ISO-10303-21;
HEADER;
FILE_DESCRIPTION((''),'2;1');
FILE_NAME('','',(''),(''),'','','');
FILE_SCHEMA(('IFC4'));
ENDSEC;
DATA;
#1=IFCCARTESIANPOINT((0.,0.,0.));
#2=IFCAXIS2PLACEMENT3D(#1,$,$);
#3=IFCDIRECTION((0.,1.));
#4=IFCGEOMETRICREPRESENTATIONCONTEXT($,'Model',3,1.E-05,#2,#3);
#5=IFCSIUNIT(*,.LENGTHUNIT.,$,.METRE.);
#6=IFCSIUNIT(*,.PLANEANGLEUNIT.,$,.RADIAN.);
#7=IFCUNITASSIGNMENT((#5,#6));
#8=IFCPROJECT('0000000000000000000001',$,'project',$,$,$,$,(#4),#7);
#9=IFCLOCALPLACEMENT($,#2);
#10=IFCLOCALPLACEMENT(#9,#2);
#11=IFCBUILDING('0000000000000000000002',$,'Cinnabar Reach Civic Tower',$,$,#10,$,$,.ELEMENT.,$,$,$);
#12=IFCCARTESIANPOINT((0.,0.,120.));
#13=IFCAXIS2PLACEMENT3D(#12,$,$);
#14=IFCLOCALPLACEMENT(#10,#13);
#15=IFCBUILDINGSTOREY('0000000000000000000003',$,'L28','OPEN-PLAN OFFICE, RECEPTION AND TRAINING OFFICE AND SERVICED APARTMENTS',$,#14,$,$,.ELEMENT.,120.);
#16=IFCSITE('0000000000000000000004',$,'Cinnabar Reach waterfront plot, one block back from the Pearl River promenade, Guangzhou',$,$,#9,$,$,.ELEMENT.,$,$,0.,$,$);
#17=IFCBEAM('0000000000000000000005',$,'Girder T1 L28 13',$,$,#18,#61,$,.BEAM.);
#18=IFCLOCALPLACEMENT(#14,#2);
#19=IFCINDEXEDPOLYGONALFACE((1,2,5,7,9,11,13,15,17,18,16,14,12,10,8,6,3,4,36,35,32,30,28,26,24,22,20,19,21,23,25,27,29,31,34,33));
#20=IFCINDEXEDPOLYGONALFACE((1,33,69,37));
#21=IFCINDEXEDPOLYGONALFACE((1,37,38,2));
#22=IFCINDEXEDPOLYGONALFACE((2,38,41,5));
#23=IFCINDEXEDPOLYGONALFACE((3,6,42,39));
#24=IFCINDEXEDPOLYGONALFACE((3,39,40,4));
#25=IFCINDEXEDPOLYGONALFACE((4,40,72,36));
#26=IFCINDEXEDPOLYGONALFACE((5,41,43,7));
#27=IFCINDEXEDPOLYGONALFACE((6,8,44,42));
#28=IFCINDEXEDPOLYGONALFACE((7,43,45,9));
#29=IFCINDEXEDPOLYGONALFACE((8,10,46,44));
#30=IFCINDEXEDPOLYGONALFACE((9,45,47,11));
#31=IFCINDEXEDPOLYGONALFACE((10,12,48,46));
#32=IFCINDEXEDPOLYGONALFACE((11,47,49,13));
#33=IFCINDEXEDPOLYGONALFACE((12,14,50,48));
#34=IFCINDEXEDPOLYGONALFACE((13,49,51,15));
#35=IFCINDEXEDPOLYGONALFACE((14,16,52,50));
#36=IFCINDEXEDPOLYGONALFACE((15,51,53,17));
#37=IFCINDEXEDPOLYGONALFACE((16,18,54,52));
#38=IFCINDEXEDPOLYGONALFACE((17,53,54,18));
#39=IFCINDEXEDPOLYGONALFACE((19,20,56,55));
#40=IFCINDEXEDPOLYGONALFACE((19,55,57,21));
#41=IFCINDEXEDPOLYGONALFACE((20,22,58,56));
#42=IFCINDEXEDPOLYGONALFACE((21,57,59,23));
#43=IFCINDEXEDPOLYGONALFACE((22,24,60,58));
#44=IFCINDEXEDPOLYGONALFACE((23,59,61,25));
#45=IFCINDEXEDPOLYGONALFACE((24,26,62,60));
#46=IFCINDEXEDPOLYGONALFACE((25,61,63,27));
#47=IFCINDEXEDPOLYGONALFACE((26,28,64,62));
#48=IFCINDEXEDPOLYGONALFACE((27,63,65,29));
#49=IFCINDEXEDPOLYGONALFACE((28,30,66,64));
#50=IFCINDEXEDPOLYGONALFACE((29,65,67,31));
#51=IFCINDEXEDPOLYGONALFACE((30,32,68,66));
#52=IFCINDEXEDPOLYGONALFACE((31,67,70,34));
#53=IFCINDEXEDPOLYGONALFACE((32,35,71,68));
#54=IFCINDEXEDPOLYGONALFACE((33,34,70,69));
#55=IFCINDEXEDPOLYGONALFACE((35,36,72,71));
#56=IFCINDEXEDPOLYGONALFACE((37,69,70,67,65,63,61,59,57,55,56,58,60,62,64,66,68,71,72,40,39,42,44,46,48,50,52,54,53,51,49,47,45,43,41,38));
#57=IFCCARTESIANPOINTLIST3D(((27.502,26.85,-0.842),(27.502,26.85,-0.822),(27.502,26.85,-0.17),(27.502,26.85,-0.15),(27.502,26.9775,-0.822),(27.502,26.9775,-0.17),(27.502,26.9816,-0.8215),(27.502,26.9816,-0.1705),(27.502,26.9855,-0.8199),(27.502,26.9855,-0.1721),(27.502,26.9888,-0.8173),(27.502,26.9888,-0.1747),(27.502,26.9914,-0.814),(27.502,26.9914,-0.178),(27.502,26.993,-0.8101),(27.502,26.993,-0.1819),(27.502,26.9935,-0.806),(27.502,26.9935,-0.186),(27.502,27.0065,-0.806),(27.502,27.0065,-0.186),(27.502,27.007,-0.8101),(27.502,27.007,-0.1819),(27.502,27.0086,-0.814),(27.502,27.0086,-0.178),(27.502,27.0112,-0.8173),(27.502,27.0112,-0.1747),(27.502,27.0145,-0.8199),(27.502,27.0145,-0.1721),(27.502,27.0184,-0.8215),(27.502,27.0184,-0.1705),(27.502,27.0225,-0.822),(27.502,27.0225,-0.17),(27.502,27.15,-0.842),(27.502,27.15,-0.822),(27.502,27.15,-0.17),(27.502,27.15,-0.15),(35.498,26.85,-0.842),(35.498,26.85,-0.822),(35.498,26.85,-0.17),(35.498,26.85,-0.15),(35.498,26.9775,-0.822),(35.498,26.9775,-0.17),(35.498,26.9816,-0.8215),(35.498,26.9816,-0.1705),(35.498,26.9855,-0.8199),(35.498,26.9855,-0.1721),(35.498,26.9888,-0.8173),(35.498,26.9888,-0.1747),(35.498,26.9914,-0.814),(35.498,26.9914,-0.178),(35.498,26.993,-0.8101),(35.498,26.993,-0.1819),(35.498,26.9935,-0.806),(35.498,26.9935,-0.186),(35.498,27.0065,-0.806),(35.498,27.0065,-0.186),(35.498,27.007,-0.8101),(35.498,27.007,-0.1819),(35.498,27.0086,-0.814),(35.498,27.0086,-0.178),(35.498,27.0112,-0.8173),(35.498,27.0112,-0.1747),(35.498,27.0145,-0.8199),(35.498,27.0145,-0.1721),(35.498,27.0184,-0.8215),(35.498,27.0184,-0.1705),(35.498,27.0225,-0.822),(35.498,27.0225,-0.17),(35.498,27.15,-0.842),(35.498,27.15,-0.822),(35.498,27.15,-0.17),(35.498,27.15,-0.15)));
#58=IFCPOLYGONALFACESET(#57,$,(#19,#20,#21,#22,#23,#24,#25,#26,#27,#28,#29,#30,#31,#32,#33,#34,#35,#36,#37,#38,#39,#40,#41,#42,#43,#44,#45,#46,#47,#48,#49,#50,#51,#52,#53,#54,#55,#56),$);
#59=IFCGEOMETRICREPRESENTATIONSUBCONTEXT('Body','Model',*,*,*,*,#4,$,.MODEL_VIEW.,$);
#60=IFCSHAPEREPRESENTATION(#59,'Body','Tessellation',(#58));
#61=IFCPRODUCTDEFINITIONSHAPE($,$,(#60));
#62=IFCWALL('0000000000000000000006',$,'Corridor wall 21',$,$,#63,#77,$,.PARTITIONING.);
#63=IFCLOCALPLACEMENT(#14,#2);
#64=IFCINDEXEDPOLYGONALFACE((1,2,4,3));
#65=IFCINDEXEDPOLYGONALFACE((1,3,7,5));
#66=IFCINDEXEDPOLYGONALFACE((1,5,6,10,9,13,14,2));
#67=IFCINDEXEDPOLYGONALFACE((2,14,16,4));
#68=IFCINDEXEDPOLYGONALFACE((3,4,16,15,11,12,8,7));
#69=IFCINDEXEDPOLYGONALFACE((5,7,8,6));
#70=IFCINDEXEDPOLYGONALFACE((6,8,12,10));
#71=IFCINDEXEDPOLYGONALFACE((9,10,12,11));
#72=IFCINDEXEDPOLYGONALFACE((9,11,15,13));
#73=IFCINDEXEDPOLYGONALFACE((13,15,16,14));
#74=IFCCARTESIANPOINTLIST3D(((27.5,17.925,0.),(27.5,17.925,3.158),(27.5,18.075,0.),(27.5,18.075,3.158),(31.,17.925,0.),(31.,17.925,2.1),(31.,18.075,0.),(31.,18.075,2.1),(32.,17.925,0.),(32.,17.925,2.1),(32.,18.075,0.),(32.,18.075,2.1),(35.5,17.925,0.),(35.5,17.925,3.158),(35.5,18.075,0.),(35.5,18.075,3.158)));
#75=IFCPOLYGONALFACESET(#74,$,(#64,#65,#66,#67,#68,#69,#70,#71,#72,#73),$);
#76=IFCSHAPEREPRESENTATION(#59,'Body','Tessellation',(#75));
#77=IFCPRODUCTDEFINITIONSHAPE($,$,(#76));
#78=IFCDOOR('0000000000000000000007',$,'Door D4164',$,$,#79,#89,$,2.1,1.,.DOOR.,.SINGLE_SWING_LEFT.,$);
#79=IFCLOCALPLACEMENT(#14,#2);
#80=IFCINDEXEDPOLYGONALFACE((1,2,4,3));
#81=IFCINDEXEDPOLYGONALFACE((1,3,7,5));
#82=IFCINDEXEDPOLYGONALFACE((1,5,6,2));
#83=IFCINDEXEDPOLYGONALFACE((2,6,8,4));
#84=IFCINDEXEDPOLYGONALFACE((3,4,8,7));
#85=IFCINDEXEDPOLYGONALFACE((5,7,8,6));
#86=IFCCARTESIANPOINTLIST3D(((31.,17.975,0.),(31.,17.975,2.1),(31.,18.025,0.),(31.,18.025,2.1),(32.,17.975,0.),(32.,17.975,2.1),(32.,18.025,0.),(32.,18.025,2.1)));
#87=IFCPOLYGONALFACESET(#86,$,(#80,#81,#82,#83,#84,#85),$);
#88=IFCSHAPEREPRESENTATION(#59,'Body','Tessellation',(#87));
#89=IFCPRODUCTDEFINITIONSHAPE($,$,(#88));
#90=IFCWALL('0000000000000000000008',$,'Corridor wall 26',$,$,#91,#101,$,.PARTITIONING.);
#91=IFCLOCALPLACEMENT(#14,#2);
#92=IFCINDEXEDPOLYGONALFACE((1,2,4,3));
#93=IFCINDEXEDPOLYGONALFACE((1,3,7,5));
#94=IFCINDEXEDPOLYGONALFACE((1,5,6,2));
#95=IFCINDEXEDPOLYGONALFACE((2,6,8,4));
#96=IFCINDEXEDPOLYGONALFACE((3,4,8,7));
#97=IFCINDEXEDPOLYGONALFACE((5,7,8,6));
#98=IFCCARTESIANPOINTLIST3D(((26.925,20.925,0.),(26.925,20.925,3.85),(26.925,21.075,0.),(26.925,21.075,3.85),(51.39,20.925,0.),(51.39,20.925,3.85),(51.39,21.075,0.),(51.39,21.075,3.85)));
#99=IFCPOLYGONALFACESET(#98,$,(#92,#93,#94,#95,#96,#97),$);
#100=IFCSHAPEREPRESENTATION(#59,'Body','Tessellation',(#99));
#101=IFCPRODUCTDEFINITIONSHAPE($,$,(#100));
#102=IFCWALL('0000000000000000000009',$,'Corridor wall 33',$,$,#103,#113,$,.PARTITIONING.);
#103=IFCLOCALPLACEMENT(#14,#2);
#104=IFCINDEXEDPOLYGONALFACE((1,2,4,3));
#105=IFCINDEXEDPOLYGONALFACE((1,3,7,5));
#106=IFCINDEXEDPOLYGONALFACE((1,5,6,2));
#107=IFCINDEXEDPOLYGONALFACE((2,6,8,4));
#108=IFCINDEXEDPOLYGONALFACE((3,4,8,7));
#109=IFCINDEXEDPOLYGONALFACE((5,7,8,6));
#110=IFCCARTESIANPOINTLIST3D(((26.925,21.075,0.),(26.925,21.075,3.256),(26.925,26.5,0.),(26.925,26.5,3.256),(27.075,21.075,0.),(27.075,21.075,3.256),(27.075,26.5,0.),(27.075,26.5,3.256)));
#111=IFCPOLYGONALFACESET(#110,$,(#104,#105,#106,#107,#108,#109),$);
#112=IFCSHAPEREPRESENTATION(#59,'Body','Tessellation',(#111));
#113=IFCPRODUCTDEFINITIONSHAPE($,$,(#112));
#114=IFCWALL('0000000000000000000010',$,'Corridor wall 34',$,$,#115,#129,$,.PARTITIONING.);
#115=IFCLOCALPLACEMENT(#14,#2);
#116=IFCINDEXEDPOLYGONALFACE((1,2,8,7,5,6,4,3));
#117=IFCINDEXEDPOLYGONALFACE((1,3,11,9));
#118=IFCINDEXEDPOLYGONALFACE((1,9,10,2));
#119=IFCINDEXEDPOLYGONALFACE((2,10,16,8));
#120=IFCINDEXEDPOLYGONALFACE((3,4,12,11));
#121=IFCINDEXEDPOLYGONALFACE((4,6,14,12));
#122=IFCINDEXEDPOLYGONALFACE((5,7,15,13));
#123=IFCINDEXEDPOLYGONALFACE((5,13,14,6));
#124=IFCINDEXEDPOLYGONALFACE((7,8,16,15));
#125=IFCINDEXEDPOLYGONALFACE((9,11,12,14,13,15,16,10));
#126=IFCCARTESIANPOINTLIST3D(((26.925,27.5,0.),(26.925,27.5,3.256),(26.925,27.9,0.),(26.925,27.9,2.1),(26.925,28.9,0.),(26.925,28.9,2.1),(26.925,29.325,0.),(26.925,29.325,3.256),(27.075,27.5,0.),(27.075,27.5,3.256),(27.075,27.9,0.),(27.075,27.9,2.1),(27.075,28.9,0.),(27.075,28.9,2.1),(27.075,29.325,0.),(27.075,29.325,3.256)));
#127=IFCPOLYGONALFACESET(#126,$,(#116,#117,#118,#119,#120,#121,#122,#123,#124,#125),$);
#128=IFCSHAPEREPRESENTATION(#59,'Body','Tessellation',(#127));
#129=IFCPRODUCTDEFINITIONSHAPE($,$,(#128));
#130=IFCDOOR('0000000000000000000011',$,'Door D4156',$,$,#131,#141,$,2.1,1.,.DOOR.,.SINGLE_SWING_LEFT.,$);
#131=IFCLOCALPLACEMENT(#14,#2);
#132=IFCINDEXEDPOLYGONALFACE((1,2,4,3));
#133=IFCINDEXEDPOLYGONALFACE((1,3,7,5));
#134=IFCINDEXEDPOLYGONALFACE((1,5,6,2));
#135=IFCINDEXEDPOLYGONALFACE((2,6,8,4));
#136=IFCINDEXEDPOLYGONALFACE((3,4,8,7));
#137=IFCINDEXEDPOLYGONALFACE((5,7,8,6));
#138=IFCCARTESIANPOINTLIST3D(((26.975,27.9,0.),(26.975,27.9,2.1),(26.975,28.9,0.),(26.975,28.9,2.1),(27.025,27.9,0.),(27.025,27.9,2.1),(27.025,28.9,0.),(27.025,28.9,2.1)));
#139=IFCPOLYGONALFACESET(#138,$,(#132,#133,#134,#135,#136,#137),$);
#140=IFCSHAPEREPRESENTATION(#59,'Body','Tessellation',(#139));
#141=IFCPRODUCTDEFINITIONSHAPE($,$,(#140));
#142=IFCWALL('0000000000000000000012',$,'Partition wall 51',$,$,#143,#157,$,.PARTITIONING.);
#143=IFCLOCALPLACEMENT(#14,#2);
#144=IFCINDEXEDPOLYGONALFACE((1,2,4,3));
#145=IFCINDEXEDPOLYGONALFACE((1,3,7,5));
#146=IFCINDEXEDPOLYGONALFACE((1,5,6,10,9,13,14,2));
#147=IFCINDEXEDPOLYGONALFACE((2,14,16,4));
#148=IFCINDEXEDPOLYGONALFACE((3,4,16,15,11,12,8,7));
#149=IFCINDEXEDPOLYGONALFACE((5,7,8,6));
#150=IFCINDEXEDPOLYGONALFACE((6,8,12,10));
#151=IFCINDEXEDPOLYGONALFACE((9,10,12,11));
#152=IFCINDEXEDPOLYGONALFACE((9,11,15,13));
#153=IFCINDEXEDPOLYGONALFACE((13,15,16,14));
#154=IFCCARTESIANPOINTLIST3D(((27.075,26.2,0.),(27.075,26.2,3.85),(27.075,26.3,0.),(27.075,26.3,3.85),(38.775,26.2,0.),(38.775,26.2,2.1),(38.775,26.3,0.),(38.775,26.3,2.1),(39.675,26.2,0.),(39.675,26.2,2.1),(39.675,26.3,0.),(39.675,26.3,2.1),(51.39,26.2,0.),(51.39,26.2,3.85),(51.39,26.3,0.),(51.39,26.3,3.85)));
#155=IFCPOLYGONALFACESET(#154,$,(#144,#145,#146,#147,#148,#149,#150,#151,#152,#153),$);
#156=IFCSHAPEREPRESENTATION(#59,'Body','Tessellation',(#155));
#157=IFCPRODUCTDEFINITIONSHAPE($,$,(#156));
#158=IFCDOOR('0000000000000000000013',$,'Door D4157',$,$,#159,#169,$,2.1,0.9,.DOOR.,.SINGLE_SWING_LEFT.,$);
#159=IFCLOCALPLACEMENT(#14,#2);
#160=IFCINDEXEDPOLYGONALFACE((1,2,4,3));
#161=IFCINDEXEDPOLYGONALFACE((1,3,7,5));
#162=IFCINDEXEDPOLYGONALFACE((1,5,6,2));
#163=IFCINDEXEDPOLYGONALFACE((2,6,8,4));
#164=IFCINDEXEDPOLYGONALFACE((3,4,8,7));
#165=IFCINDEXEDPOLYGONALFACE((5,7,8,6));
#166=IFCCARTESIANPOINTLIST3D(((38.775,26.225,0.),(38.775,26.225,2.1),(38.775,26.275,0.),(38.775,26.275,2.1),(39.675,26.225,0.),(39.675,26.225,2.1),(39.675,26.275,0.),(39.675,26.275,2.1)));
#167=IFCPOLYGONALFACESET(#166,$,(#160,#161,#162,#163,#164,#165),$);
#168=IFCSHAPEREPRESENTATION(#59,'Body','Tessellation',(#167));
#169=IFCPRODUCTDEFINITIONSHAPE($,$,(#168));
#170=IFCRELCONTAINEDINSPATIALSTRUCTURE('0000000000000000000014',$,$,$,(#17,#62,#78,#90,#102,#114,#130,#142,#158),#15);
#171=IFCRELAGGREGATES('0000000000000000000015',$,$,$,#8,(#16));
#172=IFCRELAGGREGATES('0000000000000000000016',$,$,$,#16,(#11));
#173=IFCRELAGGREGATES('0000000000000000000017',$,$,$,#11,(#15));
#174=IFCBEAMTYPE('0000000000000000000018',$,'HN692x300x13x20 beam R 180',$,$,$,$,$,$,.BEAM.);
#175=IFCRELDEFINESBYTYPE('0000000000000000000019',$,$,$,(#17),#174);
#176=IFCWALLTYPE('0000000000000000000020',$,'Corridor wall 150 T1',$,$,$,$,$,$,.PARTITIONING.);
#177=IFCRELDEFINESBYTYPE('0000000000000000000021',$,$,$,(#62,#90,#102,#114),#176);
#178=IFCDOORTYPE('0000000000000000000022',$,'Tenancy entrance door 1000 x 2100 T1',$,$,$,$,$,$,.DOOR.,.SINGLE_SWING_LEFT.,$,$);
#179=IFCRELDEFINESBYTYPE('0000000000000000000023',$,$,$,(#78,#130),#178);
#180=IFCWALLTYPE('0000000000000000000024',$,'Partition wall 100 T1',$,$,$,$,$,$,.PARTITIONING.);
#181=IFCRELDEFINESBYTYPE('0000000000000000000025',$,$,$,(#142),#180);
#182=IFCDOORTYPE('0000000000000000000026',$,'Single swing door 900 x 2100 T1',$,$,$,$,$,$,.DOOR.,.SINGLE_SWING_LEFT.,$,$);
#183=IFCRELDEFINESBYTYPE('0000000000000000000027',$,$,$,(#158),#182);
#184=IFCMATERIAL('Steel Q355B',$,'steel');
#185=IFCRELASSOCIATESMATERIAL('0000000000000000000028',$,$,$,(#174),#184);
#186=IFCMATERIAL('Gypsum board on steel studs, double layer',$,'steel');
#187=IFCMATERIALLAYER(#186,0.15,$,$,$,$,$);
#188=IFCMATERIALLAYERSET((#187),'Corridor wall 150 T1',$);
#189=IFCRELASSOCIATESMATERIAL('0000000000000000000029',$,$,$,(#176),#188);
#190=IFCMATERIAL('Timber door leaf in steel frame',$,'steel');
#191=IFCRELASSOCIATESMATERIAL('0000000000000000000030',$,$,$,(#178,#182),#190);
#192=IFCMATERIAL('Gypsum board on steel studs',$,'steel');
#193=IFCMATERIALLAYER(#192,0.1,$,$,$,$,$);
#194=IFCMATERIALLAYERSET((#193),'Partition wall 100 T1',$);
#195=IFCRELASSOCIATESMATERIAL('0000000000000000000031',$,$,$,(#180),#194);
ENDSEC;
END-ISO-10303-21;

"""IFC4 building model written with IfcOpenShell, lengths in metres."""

from ifc_helpers import new_model, si_unit, direction, frame, frame_2d, origin, origin_2d, place, context, subcontext, project, spatial, rectangle, i_section, extrude, material, layer, layer_set, material_profile, profile_set, type_object, element, fill, save


model = new_model("IFC4")

# Units and contexts
model_context = context("Model", 3, precision=1e-05, world=origin(), true_north=direction((0.0, 1.0)))
body_context = subcontext(model_context, "Body", "Model", "MODEL_VIEW")
ifc_project = project(units=[si_unit("LENGTHUNIT", "METRE"), si_unit("PLANEANGLEUNIT", "RADIAN")], contexts=[model_context])

# Site, building, storey
site_placement = place(None, origin())
site = spatial("IfcSite", under=ifc_project, at=site_placement, Name="Cinnabar Reach waterfront plot, one block back from the Pearl River promenade, Guangzhou", CompositionType="ELEMENT", RefElevation=0.0)
building_placement = place(site_placement, origin())
building = spatial("IfcBuilding", under=site, at=building_placement, Name="Cinnabar Reach Civic Tower", CompositionType="ELEMENT")
storey_placement = place(building_placement, frame((0.0, 0.0, 120.0)))
storey = spatial("IfcBuildingStorey", under=building, at=storey_placement, Name="L28", Description="OPEN-PLAN OFFICE, RECEPTION AND TRAINING OFFICE AND SERVICED APARTMENTS", CompositionType="ELEMENT", Elevation=120.0)

# Beam
ifc_material_1 = material(Name="Steel Q355B", Category="steel")
ifc_material_profile_1 = material_profile(ifc_material_1, i_section(OverallWidth=0.3, OverallDepth=0.692, WebThickness=0.013, FlangeThickness=0.02, FilletRadius=0.016, at=origin_2d()), Name="HN692x300x13x20")
ifc_profile_set_1 = profile_set([ifc_material_profile_1], Name="Steel Q355B")
beam_type_1 = type_object("IfcBeamType", Name="HN692x300x13x20 beam R 180", PredefinedType="BEAM", material=ifc_profile_set_1)
for number, where, z_axis, x_axis, name in (
    (1, (27.502, 27.0, -0.496), (1.0, 0.0, 0.0), (0.0, 1.0, 0.0), "Girder T1 L28 13"),
):
    element("IfcBeam", number, at=place(storey_placement, frame(where, z_axis=z_axis, x_axis=x_axis)), inside=storey, type_object=beam_type_1, Name=name, PredefinedType="BEAM", context=body_context, shape_type="SweptSolid", body=[
        extrude(i_section(OverallWidth=0.3, OverallDepth=0.692, WebThickness=0.013, FlangeThickness=0.02, FilletRadius=0.016, at=origin_2d()), origin(), (0.0, 0.0, 1.0), 7.996),
    ])

# Wall, opening, door
ifc_material_2 = material(Name="Gypsum board on steel studs, double layer", Category="steel")
ifc_layer_1 = layer(ifc_material_2, 0.15)
ifc_layer_set_1 = layer_set([ifc_layer_1], Name="Corridor wall 150 T1")
wall_type_1 = type_object("IfcWallType", Name="Corridor wall 150 T1", PredefinedType="PARTITIONING", material=ifc_layer_set_1)
wall_1_placement = place(storey_placement, frame((27.5, 18.0, 0.0), z_axis=(0.0, 0.0, 1.0), x_axis=(1.0, 0.0, 0.0)))
wall_1 = element("IfcWall", 2, at=wall_1_placement, inside=storey, type_object=wall_type_1, Name="Corridor wall 21", PredefinedType="PARTITIONING", context=body_context, shape_type="SweptSolid", body=[
    extrude(rectangle(XDim=8.0, YDim=0.15, at=frame_2d((4.0, 0.0))), origin(), (0.0, 0.0, 1.0), 3.158),
])
opening_1_placement = place(wall_1_placement, frame((3.5, 0.0, 0.0)))
opening_1 = element("IfcOpeningElement", 3, at=opening_1_placement, cuts=wall_1, PredefinedType="OPENING", context=body_context, shape_type="SweptSolid", body=[
    extrude(rectangle(XDim=1.0, YDim=2.1, at=frame_2d((0.5, 1.05))), frame((0.0, 0.085, 0.0), z_axis=(0.0, -1.0, 0.0), x_axis=(1.0, 0.0, 0.0)), (0.0, 0.0, 1.0), 0.17),
])
ifc_material_3 = material(Name="Timber door leaf in steel frame", Category="steel")
door_type_1 = type_object("IfcDoorType", Name="Tenancy entrance door 1000 x 2100 T1", OperationType="SINGLE_SWING_LEFT", PredefinedType="DOOR", material=ifc_material_3)
door_1_placement = place(opening_1_placement, frame((1.0, 0.0, 0.0), z_axis=(0.0, 0.0, 1.0), x_axis=(-1.0, 0.0, 0.0)))
door_1 = element("IfcDoor", 4, at=door_1_placement, inside=storey, type_object=door_type_1, Name="Door D4164", OperationType="SINGLE_SWING_LEFT", OverallHeight=2.1, OverallWidth=1.0, PredefinedType="DOOR", context=body_context, shape_type="SweptSolid", body=[
    extrude(rectangle(XDim=1.0, YDim=2.1, at=frame_2d((0.5, 1.05))), frame((0.0, 0.025, 0.0), z_axis=(0.0, -1.0, 0.0), x_axis=(1.0, 0.0, 0.0)), (0.0, 0.0, 1.0), 0.05),
])
fill(opening_1, door_1)

# Walls
wall_2_placement = place(storey_placement, frame((26.925, 21.0, 0.0), z_axis=(0.0, 0.0, 1.0), x_axis=(1.0, 0.0, 0.0)))
element("IfcWall", 5, at=wall_2_placement, inside=storey, type_object=wall_type_1, Name="Corridor wall 26", PredefinedType="PARTITIONING", context=body_context, shape_type="SweptSolid", body=[
    extrude(rectangle(XDim=24.465, YDim=0.15, at=frame_2d((12.2325, 0.0))), origin(), (0.0, 0.0, 1.0), 3.85),
])
wall_3_placement = place(storey_placement, frame((27.0, 21.075, 0.0), z_axis=(0.0, 0.0, 1.0), x_axis=(0.0, 1.0, 0.0)))
element("IfcWall", 6, at=wall_3_placement, inside=storey, type_object=wall_type_1, Name="Corridor wall 33", PredefinedType="PARTITIONING", context=body_context, shape_type="SweptSolid", body=[
    extrude(rectangle(XDim=5.425, YDim=0.15, at=frame_2d((2.7125, 0.0))), origin(), (0.0, 0.0, 1.0), 3.256),
])

# Walls, openings, doors
wall_4_placement = place(storey_placement, frame((27.0, 27.5, 0.0), z_axis=(0.0, 0.0, 1.0), x_axis=(0.0, 1.0, 0.0)))
wall_4 = element("IfcWall", 7, at=wall_4_placement, inside=storey, type_object=wall_type_1, Name="Corridor wall 34", PredefinedType="PARTITIONING", context=body_context, shape_type="SweptSolid", body=[
    extrude(rectangle(XDim=1.825, YDim=0.15, at=frame_2d((0.9125, 0.0))), origin(), (0.0, 0.0, 1.0), 3.256),
])
opening_2_placement = place(wall_4_placement, frame((0.4, 0.0, 0.0)))
opening_2 = element("IfcOpeningElement", 8, at=opening_2_placement, cuts=wall_4, PredefinedType="OPENING", context=body_context, shape_type="SweptSolid", body=[
    extrude(rectangle(XDim=1.0, YDim=2.1, at=frame_2d((0.5, 1.05))), frame((0.0, 0.085, 0.0), z_axis=(0.0, -1.0, 0.0), x_axis=(1.0, 0.0, 0.0)), (0.0, 0.0, 1.0), 0.17),
])
door_2_placement = place(opening_2_placement, frame((1.0, 0.0, 0.0), z_axis=(0.0, 0.0, 1.0), x_axis=(-1.0, 0.0, 0.0)))
door_2 = element("IfcDoor", 9, at=door_2_placement, inside=storey, type_object=door_type_1, Name="Door D4156", OperationType="SINGLE_SWING_LEFT", OverallHeight=2.1, OverallWidth=1.0, PredefinedType="DOOR", context=body_context, shape_type="SweptSolid", body=[
    extrude(rectangle(XDim=1.0, YDim=2.1, at=frame_2d((0.5, 1.05))), frame((0.0, 0.025, 0.0), z_axis=(0.0, -1.0, 0.0), x_axis=(1.0, 0.0, 0.0)), (0.0, 0.0, 1.0), 0.05),
])
fill(opening_2, door_2)
ifc_material_4 = material(Name="Gypsum board on steel studs", Category="steel")
ifc_layer_2 = layer(ifc_material_4, 0.1)
ifc_layer_set_2 = layer_set([ifc_layer_2], Name="Partition wall 100 T1")
wall_type_2 = type_object("IfcWallType", Name="Partition wall 100 T1", PredefinedType="PARTITIONING", material=ifc_layer_set_2)
wall_5_placement = place(storey_placement, frame((27.075, 26.25, 0.0), z_axis=(0.0, 0.0, 1.0), x_axis=(1.0, 0.0, 0.0)))
wall_5 = element("IfcWall", 10, at=wall_5_placement, inside=storey, type_object=wall_type_2, Name="Partition wall 51", PredefinedType="PARTITIONING", context=body_context, shape_type="SweptSolid", body=[
    extrude(rectangle(XDim=24.315, YDim=0.1, at=frame_2d((12.1575, 0.0))), origin(), (0.0, 0.0, 1.0), 3.85),
])
opening_3_placement = place(wall_5_placement, frame((11.7, 0.0, 0.0)))
opening_3 = element("IfcOpeningElement", 11, at=opening_3_placement, cuts=wall_5, PredefinedType="OPENING", context=body_context, shape_type="SweptSolid", body=[
    extrude(rectangle(XDim=0.9, YDim=2.1, at=frame_2d((0.45, 1.05))), frame((0.0, 0.06, 0.0), z_axis=(0.0, -1.0, 0.0), x_axis=(1.0, 0.0, 0.0)), (0.0, 0.0, 1.0), 0.12),
])
door_type_2 = type_object("IfcDoorType", Name="Single swing door 900 x 2100 T1", OperationType="SINGLE_SWING_LEFT", PredefinedType="DOOR", material=ifc_material_3)
door_3_placement = place(opening_3_placement, origin())
door_3 = element("IfcDoor", 12, at=door_3_placement, inside=storey, type_object=door_type_2, Name="Door D4157", OperationType="SINGLE_SWING_LEFT", OverallHeight=2.1, OverallWidth=0.9, PredefinedType="DOOR", context=body_context, shape_type="SweptSolid", body=[
    extrude(rectangle(XDim=0.9, YDim=2.1, at=frame_2d((0.45, 1.05))), frame((0.0, 0.025, 0.0), z_axis=(0.0, -1.0, 0.0), x_axis=(1.0, 0.0, 0.0)), (0.0, 0.0, 1.0), 0.05),
])
fill(opening_3, door_3)

save(model, "model.ifc")
